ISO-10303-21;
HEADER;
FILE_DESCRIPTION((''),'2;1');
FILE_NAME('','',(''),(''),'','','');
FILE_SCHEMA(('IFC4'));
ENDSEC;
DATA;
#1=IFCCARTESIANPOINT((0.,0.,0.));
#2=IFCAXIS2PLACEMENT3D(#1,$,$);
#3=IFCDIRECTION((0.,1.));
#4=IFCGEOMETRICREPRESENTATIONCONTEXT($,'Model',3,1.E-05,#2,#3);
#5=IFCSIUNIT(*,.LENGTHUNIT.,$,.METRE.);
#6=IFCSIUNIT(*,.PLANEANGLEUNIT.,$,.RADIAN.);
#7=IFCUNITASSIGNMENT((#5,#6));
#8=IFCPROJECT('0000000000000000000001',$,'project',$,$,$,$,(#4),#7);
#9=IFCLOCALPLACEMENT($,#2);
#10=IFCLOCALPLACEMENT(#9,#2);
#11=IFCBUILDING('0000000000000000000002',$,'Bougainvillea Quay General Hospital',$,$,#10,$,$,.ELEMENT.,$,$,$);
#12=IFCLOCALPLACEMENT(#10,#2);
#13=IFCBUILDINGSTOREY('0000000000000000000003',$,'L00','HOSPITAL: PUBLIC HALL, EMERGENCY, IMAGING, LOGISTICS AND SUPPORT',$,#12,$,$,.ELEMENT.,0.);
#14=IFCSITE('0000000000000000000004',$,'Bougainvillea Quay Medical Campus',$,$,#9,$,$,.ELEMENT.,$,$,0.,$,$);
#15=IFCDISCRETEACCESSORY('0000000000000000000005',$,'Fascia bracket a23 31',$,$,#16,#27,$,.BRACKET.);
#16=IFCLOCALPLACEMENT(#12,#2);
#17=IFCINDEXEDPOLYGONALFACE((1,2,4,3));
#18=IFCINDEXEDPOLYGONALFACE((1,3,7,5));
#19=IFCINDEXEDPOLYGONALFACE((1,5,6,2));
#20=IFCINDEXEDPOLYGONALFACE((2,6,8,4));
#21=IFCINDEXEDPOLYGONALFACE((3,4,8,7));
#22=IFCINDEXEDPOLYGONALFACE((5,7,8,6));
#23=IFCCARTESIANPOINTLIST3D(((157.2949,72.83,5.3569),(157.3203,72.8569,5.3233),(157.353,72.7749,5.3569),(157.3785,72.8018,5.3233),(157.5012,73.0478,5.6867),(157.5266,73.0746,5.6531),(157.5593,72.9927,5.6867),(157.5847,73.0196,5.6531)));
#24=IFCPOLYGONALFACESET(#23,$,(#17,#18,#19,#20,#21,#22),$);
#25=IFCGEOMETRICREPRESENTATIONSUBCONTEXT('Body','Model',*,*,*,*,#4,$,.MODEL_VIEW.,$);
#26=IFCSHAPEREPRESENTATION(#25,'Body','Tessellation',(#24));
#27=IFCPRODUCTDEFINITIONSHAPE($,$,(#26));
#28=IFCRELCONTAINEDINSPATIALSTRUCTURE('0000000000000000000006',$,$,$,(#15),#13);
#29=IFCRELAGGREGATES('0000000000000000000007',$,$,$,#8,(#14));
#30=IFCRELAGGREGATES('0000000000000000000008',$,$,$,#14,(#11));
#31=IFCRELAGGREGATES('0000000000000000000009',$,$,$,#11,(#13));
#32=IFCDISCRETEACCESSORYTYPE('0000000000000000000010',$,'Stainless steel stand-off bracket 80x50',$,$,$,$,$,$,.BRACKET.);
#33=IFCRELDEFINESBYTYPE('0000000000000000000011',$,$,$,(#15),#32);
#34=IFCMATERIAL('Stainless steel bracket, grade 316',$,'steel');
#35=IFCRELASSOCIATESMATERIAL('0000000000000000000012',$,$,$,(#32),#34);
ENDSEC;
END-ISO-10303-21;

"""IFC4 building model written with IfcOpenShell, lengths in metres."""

from ifc_helpers import new_model, si_unit, direction, frame, origin, origin_2d, place, context, subcontext, project, spatial, rectangle, extrude, material, material_profile, profile_set, type_object, element, save


model = new_model("IFC4")

# Units and contexts
model_context = context("Model", 3, precision=1e-05, world=origin(), true_north=direction((0.0, 1.0)))
body_context = subcontext(model_context, "Body", "Model", "MODEL_VIEW")
ifc_project = project(units=[si_unit("LENGTHUNIT", "METRE"), si_unit("PLANEANGLEUNIT", "RADIAN")], contexts=[model_context])

# Site, building, storey
site_placement = place(None, origin())
site = spatial("IfcSite", under=ifc_project, at=site_placement, Name="Bougainvillea Quay Medical Campus", CompositionType="ELEMENT", RefElevation=0.0)
building_placement = place(site_placement, origin())
building = spatial("IfcBuilding", under=site, at=building_placement, Name="Bougainvillea Quay General Hospital", CompositionType="ELEMENT")
storey_placement = place(building_placement, origin())
storey = spatial("IfcBuildingStorey", under=building, at=storey_placement, Name="L00", Description="HOSPITAL: PUBLIC HALL, EMERGENCY, IMAGING, LOGISTICS AND SUPPORT", CompositionType="ELEMENT", Elevation=0.0)

# Discrete accessory
ifc_material_1 = material(Name="Stainless steel bracket, grade 316", Category="steel")
ifc_material_profile_1 = material_profile(ifc_material_1, rectangle(XDim=0.0801, YDim=0.05, at=origin_2d()))
ifc_profile_set_1 = profile_set([ifc_material_profile_1], Name="Stainless steel bracket, grade 316")
discrete_accessory_type = type_object("IfcDiscreteAccessoryType", Name="Stainless steel stand-off bracket 80x50", PredefinedType="BRACKET", material=ifc_profile_set_1)
discrete_accessory_placement = place(storey_placement, frame((157.3367, 72.8159, 5.3401), z_axis=(0.462718, 0.488454, 0.7398), x_axis=(-0.725974, 0.687722, 0.0)))
element("IfcDiscreteAccessory", 1, at=discrete_accessory_placement, inside=storey, type_object=discrete_accessory_type, Name="Fascia bracket a23 31", PredefinedType="BRACKET", context=body_context, shape_type="SweptSolid", body=[
    extrude(rectangle(XDim=0.0801, YDim=0.05, at=origin_2d()), origin(), (0.0, 0.0, 1.0), 0.4458),
])

save(model, "model.ifc")
